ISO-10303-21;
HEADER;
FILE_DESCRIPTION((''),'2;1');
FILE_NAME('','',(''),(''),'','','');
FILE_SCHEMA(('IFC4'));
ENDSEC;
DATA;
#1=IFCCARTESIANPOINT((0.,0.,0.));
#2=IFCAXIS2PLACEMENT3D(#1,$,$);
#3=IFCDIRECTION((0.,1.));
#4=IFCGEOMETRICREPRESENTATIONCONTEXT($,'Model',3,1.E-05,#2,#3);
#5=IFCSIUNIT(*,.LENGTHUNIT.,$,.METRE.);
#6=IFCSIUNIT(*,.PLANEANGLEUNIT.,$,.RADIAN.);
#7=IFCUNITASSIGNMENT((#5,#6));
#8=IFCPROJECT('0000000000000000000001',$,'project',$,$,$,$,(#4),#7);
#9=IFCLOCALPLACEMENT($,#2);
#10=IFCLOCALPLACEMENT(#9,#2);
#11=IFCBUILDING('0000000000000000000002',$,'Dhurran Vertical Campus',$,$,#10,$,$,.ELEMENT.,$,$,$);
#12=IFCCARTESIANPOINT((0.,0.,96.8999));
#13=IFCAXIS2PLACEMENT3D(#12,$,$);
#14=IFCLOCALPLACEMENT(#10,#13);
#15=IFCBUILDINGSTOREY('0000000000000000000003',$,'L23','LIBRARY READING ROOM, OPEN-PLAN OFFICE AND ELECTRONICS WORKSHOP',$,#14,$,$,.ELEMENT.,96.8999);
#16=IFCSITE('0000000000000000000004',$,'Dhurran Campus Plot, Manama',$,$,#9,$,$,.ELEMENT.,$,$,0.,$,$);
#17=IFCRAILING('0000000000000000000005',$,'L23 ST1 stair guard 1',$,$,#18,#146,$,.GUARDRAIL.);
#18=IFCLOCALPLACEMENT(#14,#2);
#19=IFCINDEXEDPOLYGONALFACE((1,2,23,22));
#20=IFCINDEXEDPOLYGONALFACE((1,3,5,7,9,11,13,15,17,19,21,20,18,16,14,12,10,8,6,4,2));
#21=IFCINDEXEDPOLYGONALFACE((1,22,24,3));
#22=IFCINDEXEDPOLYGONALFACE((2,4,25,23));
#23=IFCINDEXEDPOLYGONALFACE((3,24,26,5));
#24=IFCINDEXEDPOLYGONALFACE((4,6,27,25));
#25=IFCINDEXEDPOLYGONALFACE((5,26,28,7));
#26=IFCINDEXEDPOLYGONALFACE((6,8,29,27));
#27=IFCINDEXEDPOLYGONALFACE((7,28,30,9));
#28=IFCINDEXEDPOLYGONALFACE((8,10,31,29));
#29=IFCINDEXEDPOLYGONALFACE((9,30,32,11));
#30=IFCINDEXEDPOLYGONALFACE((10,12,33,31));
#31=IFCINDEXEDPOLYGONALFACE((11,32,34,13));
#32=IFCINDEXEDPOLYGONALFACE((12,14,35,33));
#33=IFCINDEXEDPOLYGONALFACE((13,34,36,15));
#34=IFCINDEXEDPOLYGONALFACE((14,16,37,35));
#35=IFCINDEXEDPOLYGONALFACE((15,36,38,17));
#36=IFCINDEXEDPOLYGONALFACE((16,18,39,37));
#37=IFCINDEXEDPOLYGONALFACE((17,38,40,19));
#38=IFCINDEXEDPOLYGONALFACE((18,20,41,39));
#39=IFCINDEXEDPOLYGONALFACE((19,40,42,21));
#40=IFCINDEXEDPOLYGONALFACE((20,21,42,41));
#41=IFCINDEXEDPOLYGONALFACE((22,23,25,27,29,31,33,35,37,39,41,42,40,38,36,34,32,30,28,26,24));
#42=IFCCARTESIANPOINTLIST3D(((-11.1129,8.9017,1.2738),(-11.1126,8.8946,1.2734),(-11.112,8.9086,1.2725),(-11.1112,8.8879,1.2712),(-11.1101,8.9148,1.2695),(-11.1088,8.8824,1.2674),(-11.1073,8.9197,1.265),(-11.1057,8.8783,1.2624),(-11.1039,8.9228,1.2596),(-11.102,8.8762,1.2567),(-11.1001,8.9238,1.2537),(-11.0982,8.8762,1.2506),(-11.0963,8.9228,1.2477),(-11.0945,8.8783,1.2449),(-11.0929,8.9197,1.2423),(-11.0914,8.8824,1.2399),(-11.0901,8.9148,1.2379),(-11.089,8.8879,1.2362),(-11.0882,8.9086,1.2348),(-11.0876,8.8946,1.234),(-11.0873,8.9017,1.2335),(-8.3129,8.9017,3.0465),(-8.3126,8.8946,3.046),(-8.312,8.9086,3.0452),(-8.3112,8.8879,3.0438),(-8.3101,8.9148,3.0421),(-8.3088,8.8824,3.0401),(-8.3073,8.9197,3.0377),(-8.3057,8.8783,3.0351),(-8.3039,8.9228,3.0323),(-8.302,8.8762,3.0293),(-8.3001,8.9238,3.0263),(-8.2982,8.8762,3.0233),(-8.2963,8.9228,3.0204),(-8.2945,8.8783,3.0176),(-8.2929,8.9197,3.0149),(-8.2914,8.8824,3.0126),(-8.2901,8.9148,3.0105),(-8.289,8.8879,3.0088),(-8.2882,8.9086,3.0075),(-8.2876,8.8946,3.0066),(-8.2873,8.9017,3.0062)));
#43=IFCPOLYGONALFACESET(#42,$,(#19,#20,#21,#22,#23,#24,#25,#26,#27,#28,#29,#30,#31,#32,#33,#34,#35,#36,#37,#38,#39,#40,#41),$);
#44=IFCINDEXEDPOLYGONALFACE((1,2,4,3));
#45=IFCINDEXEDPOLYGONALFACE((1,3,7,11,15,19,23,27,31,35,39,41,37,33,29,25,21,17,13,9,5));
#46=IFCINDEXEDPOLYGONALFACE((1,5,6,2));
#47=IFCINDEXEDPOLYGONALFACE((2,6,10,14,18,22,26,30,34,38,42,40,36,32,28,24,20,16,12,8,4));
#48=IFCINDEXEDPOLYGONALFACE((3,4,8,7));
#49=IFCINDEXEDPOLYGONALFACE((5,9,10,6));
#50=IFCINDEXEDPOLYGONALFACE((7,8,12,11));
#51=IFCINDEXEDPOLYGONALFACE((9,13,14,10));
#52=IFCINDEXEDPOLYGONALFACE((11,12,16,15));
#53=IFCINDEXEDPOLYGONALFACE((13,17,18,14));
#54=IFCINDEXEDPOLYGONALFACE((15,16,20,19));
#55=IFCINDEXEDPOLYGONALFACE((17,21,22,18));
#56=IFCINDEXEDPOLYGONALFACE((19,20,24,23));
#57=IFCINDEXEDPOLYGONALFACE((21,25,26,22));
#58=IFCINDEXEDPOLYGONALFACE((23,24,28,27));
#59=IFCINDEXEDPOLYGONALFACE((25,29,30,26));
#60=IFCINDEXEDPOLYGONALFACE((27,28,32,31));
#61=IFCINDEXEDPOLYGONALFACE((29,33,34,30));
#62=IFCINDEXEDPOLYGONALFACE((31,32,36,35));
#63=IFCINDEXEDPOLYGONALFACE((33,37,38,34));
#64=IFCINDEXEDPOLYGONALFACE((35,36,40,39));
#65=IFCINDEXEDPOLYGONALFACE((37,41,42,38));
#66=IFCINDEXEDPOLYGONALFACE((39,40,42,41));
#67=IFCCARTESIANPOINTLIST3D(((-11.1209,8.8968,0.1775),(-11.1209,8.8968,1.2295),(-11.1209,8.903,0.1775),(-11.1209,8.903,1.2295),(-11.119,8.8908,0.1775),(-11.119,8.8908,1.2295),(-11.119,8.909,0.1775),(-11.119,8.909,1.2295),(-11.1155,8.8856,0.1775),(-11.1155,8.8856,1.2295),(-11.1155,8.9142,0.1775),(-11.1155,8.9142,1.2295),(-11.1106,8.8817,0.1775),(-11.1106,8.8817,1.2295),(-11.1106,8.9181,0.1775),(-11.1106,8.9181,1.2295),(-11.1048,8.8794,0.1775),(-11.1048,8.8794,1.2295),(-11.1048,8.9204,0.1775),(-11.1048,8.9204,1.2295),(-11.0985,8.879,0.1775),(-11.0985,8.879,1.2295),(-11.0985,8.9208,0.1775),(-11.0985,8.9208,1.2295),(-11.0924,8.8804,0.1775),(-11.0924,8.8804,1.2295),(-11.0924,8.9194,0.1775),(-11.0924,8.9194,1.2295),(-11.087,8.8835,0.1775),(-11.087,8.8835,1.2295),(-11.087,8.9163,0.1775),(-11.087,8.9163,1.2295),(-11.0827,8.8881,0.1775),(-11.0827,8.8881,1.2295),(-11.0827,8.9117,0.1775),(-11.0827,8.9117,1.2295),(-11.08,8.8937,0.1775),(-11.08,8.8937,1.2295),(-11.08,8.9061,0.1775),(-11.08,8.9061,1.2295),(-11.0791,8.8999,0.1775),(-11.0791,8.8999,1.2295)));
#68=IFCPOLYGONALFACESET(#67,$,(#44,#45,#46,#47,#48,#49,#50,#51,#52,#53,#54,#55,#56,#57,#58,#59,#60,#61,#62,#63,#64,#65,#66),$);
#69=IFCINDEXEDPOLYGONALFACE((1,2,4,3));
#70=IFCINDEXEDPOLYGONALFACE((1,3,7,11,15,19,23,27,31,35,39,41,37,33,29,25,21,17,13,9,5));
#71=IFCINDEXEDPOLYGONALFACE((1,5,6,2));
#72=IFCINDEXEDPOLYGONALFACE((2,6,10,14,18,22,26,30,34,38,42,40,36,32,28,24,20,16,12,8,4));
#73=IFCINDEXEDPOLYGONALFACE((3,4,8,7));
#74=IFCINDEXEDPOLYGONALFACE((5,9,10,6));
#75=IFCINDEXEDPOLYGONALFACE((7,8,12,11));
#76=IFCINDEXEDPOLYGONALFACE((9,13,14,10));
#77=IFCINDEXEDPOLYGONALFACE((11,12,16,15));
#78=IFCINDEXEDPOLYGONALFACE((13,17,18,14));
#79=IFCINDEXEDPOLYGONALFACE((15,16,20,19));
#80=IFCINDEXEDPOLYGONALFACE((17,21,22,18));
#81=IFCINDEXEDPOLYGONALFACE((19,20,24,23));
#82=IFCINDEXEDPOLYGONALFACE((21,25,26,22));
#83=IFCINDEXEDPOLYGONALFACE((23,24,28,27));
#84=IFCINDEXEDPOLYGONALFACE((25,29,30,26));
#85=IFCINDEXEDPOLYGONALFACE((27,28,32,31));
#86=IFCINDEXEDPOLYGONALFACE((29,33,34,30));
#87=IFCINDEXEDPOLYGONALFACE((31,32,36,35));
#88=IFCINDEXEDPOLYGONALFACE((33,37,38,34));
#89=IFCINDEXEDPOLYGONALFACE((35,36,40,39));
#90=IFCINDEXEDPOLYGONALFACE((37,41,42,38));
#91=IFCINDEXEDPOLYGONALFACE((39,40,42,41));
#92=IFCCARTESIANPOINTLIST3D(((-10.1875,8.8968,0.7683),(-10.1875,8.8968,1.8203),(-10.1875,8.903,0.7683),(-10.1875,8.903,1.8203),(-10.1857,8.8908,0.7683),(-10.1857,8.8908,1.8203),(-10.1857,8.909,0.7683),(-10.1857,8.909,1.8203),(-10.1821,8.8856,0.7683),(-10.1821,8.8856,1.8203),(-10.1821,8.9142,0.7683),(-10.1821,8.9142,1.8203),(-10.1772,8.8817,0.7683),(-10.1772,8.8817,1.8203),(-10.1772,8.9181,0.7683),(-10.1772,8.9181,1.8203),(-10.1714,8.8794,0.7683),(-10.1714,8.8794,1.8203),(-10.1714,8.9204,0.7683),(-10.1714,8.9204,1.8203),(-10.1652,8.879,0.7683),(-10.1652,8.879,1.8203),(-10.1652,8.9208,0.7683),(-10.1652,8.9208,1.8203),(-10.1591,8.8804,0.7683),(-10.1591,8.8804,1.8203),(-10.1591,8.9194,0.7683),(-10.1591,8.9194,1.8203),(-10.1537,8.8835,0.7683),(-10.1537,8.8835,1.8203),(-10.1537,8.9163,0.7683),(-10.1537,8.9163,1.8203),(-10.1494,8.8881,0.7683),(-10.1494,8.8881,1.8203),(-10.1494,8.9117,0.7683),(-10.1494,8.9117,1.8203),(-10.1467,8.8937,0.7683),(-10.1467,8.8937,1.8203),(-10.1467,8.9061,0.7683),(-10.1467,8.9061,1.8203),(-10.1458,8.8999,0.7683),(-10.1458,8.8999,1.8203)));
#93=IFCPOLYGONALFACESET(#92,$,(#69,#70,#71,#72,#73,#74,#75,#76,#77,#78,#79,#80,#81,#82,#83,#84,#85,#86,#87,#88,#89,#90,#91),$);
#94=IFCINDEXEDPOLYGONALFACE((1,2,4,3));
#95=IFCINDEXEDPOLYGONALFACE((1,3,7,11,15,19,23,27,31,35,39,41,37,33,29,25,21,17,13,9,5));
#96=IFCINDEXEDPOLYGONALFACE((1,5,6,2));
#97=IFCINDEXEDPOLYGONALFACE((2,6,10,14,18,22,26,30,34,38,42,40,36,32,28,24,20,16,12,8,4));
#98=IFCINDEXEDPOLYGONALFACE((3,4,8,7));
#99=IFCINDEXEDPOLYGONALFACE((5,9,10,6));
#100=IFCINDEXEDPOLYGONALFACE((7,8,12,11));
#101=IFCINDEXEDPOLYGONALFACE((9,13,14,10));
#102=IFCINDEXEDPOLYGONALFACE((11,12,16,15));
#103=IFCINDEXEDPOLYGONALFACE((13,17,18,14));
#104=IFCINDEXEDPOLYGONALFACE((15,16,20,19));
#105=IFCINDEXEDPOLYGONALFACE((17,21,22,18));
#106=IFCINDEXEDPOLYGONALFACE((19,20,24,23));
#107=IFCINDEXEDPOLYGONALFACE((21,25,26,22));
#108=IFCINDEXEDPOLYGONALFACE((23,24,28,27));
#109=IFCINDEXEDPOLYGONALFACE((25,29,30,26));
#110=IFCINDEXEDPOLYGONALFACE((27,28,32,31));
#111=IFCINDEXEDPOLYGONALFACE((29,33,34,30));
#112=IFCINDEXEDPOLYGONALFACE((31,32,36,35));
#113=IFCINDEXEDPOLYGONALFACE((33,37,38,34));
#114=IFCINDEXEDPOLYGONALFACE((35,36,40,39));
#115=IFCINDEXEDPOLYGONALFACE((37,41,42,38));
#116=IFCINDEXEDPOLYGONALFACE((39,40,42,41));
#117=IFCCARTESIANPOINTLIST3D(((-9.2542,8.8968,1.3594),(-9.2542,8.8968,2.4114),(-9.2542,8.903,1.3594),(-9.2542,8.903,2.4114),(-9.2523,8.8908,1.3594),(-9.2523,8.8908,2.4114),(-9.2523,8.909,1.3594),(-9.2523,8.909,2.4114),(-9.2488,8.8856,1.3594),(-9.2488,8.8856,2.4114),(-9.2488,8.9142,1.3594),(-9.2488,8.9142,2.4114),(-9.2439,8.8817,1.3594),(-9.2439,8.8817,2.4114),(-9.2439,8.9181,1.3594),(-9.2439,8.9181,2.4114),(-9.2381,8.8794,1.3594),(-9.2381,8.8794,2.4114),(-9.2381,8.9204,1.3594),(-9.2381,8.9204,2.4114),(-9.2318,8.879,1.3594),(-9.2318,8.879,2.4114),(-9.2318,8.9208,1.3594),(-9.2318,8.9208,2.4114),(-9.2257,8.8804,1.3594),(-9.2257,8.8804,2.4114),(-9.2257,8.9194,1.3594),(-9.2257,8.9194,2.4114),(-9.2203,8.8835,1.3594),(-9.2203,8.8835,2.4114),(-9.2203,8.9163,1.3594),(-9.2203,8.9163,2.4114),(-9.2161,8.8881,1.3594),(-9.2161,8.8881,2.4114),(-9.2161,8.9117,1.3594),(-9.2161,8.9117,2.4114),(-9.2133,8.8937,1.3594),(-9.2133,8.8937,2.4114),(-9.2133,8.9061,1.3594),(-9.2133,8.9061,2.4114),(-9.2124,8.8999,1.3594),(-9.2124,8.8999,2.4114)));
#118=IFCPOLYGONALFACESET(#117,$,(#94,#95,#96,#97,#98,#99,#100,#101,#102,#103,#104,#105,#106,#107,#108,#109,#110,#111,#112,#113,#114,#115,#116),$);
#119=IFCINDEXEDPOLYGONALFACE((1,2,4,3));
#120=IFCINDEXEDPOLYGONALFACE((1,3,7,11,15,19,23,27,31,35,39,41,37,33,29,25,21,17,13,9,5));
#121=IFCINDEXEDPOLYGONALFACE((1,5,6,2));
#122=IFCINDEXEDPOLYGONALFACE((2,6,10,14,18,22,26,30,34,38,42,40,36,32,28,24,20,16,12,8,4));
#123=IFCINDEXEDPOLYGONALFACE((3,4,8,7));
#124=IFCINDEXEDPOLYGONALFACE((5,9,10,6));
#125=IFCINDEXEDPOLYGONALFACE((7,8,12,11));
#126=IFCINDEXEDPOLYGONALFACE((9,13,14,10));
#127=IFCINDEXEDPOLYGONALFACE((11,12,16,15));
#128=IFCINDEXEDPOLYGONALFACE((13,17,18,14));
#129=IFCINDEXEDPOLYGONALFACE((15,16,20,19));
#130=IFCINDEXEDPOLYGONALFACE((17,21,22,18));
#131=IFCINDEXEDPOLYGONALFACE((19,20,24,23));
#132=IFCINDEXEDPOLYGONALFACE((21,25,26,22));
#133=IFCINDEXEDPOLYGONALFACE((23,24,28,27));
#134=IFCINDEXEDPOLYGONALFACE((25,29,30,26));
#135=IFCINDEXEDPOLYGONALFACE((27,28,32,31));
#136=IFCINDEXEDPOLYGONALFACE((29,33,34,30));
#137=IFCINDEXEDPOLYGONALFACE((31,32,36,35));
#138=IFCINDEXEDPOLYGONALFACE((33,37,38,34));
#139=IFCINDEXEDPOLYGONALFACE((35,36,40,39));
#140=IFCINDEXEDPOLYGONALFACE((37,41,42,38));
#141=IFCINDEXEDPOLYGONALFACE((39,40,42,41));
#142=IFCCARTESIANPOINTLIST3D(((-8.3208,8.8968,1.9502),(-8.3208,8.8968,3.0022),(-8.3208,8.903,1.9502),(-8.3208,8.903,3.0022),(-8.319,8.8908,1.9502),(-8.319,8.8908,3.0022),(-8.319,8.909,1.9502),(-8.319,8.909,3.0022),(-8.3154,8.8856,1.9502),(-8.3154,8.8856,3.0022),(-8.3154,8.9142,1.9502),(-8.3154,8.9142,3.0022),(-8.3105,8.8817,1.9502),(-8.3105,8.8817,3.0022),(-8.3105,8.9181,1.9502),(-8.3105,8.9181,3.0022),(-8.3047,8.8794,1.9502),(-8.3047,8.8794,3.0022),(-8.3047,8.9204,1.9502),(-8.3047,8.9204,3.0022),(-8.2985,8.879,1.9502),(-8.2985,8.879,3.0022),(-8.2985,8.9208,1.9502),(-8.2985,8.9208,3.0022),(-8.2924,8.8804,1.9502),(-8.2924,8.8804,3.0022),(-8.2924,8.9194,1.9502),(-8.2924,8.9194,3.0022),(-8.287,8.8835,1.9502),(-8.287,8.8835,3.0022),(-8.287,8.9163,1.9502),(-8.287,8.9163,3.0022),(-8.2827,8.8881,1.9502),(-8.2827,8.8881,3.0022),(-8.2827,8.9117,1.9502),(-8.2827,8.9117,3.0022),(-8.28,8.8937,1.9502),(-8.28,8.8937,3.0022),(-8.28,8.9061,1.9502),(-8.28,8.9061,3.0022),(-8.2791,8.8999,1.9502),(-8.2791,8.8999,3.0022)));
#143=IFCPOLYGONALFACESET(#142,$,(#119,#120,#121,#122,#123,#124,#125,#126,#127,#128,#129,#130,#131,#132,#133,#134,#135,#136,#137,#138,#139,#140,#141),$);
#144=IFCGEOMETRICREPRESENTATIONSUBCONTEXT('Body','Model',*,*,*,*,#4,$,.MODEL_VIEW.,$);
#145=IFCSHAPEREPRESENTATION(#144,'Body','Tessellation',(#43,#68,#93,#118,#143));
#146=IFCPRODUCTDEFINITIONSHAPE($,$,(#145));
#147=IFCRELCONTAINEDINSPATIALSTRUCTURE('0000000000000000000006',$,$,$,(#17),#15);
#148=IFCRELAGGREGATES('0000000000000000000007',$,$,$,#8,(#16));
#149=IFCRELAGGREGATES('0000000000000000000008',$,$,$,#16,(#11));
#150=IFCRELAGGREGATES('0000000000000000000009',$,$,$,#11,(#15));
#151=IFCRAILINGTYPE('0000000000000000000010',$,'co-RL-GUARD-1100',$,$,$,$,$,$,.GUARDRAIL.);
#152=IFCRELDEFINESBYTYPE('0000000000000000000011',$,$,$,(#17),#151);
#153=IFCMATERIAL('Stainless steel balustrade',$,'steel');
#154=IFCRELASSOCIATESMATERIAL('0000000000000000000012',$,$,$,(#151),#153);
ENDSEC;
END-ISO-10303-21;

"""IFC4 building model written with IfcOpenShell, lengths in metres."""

from ifc_helpers import new_model, si_unit, direction, frame, origin, origin_2d, place, context, subcontext, project, spatial, circle, extrude, material, type_object, element, save


model = new_model("IFC4")

# Units and contexts
model_context = context("Model", 3, precision=1e-05, world=origin(), true_north=direction((0.0, 1.0)))
body_context = subcontext(model_context, "Body", "Model", "MODEL_VIEW")
ifc_project = project(units=[si_unit("LENGTHUNIT", "METRE"), si_unit("PLANEANGLEUNIT", "RADIAN")], contexts=[model_context])

# Site, building, storey
site_placement = place(None, origin())
site = spatial("IfcSite", under=ifc_project, at=site_placement, Name="Dhurran Campus Plot, Manama", CompositionType="ELEMENT", RefElevation=0.0)
building_placement = place(site_placement, origin())
building = spatial("IfcBuilding", under=site, at=building_placement, Name="Dhurran Vertical Campus", CompositionType="ELEMENT")
storey_placement = place(building_placement, frame((0.0, 0.0, 96.8999)))
storey = spatial("IfcBuildingStorey", under=building, at=storey_placement, Name="L23", Description="LIBRARY READING ROOM, OPEN-PLAN OFFICE AND ELECTRONICS WORKSHOP", CompositionType="ELEMENT", Elevation=96.8999)

# Railing
ifc_material_1 = material(Name="Stainless steel balustrade", Category="steel")
railing_type_1 = type_object("IfcRailingType", Name="co-RL-GUARD-1100", PredefinedType="GUARDRAIL", material=ifc_material_1)
railing_1_placement = place(storey_placement, frame((-11.1001, 8.8999, 0.1775)))
element("IfcRailing", 1, at=railing_1_placement, inside=storey, type_object=railing_type_1, Name="L23 ST1 stair guard 1", PredefinedType="GUARDRAIL", context=body_context, shape_type="SweptSolid", body=[
    extrude(circle(Radius=0.0239, at=origin_2d()), frame((0.0, 0.0, 1.0762), z_axis=(0.844909, 0.0, 0.53491), x_axis=(0.0, 1.0, 0.0)), (0.0, 0.0, 1.0), 3.314),
    extrude(circle(Radius=0.021, at=origin_2d()), origin(), (0.0, 0.0, 1.0), 1.052),
    extrude(circle(Radius=0.021, at=origin_2d()), frame((0.9333, 0.0, 0.5908)), (0.0, 0.0, 1.0), 1.052),
    extrude(circle(Radius=0.021, at=origin_2d()), frame((1.8667, 0.0, 1.1819)), (0.0, 0.0, 1.0), 1.052),
    extrude(circle(Radius=0.021, at=origin_2d()), frame((2.8, 0.0, 1.7727)), (0.0, 0.0, 1.0), 1.052),
])

save(model, "model.ifc")
